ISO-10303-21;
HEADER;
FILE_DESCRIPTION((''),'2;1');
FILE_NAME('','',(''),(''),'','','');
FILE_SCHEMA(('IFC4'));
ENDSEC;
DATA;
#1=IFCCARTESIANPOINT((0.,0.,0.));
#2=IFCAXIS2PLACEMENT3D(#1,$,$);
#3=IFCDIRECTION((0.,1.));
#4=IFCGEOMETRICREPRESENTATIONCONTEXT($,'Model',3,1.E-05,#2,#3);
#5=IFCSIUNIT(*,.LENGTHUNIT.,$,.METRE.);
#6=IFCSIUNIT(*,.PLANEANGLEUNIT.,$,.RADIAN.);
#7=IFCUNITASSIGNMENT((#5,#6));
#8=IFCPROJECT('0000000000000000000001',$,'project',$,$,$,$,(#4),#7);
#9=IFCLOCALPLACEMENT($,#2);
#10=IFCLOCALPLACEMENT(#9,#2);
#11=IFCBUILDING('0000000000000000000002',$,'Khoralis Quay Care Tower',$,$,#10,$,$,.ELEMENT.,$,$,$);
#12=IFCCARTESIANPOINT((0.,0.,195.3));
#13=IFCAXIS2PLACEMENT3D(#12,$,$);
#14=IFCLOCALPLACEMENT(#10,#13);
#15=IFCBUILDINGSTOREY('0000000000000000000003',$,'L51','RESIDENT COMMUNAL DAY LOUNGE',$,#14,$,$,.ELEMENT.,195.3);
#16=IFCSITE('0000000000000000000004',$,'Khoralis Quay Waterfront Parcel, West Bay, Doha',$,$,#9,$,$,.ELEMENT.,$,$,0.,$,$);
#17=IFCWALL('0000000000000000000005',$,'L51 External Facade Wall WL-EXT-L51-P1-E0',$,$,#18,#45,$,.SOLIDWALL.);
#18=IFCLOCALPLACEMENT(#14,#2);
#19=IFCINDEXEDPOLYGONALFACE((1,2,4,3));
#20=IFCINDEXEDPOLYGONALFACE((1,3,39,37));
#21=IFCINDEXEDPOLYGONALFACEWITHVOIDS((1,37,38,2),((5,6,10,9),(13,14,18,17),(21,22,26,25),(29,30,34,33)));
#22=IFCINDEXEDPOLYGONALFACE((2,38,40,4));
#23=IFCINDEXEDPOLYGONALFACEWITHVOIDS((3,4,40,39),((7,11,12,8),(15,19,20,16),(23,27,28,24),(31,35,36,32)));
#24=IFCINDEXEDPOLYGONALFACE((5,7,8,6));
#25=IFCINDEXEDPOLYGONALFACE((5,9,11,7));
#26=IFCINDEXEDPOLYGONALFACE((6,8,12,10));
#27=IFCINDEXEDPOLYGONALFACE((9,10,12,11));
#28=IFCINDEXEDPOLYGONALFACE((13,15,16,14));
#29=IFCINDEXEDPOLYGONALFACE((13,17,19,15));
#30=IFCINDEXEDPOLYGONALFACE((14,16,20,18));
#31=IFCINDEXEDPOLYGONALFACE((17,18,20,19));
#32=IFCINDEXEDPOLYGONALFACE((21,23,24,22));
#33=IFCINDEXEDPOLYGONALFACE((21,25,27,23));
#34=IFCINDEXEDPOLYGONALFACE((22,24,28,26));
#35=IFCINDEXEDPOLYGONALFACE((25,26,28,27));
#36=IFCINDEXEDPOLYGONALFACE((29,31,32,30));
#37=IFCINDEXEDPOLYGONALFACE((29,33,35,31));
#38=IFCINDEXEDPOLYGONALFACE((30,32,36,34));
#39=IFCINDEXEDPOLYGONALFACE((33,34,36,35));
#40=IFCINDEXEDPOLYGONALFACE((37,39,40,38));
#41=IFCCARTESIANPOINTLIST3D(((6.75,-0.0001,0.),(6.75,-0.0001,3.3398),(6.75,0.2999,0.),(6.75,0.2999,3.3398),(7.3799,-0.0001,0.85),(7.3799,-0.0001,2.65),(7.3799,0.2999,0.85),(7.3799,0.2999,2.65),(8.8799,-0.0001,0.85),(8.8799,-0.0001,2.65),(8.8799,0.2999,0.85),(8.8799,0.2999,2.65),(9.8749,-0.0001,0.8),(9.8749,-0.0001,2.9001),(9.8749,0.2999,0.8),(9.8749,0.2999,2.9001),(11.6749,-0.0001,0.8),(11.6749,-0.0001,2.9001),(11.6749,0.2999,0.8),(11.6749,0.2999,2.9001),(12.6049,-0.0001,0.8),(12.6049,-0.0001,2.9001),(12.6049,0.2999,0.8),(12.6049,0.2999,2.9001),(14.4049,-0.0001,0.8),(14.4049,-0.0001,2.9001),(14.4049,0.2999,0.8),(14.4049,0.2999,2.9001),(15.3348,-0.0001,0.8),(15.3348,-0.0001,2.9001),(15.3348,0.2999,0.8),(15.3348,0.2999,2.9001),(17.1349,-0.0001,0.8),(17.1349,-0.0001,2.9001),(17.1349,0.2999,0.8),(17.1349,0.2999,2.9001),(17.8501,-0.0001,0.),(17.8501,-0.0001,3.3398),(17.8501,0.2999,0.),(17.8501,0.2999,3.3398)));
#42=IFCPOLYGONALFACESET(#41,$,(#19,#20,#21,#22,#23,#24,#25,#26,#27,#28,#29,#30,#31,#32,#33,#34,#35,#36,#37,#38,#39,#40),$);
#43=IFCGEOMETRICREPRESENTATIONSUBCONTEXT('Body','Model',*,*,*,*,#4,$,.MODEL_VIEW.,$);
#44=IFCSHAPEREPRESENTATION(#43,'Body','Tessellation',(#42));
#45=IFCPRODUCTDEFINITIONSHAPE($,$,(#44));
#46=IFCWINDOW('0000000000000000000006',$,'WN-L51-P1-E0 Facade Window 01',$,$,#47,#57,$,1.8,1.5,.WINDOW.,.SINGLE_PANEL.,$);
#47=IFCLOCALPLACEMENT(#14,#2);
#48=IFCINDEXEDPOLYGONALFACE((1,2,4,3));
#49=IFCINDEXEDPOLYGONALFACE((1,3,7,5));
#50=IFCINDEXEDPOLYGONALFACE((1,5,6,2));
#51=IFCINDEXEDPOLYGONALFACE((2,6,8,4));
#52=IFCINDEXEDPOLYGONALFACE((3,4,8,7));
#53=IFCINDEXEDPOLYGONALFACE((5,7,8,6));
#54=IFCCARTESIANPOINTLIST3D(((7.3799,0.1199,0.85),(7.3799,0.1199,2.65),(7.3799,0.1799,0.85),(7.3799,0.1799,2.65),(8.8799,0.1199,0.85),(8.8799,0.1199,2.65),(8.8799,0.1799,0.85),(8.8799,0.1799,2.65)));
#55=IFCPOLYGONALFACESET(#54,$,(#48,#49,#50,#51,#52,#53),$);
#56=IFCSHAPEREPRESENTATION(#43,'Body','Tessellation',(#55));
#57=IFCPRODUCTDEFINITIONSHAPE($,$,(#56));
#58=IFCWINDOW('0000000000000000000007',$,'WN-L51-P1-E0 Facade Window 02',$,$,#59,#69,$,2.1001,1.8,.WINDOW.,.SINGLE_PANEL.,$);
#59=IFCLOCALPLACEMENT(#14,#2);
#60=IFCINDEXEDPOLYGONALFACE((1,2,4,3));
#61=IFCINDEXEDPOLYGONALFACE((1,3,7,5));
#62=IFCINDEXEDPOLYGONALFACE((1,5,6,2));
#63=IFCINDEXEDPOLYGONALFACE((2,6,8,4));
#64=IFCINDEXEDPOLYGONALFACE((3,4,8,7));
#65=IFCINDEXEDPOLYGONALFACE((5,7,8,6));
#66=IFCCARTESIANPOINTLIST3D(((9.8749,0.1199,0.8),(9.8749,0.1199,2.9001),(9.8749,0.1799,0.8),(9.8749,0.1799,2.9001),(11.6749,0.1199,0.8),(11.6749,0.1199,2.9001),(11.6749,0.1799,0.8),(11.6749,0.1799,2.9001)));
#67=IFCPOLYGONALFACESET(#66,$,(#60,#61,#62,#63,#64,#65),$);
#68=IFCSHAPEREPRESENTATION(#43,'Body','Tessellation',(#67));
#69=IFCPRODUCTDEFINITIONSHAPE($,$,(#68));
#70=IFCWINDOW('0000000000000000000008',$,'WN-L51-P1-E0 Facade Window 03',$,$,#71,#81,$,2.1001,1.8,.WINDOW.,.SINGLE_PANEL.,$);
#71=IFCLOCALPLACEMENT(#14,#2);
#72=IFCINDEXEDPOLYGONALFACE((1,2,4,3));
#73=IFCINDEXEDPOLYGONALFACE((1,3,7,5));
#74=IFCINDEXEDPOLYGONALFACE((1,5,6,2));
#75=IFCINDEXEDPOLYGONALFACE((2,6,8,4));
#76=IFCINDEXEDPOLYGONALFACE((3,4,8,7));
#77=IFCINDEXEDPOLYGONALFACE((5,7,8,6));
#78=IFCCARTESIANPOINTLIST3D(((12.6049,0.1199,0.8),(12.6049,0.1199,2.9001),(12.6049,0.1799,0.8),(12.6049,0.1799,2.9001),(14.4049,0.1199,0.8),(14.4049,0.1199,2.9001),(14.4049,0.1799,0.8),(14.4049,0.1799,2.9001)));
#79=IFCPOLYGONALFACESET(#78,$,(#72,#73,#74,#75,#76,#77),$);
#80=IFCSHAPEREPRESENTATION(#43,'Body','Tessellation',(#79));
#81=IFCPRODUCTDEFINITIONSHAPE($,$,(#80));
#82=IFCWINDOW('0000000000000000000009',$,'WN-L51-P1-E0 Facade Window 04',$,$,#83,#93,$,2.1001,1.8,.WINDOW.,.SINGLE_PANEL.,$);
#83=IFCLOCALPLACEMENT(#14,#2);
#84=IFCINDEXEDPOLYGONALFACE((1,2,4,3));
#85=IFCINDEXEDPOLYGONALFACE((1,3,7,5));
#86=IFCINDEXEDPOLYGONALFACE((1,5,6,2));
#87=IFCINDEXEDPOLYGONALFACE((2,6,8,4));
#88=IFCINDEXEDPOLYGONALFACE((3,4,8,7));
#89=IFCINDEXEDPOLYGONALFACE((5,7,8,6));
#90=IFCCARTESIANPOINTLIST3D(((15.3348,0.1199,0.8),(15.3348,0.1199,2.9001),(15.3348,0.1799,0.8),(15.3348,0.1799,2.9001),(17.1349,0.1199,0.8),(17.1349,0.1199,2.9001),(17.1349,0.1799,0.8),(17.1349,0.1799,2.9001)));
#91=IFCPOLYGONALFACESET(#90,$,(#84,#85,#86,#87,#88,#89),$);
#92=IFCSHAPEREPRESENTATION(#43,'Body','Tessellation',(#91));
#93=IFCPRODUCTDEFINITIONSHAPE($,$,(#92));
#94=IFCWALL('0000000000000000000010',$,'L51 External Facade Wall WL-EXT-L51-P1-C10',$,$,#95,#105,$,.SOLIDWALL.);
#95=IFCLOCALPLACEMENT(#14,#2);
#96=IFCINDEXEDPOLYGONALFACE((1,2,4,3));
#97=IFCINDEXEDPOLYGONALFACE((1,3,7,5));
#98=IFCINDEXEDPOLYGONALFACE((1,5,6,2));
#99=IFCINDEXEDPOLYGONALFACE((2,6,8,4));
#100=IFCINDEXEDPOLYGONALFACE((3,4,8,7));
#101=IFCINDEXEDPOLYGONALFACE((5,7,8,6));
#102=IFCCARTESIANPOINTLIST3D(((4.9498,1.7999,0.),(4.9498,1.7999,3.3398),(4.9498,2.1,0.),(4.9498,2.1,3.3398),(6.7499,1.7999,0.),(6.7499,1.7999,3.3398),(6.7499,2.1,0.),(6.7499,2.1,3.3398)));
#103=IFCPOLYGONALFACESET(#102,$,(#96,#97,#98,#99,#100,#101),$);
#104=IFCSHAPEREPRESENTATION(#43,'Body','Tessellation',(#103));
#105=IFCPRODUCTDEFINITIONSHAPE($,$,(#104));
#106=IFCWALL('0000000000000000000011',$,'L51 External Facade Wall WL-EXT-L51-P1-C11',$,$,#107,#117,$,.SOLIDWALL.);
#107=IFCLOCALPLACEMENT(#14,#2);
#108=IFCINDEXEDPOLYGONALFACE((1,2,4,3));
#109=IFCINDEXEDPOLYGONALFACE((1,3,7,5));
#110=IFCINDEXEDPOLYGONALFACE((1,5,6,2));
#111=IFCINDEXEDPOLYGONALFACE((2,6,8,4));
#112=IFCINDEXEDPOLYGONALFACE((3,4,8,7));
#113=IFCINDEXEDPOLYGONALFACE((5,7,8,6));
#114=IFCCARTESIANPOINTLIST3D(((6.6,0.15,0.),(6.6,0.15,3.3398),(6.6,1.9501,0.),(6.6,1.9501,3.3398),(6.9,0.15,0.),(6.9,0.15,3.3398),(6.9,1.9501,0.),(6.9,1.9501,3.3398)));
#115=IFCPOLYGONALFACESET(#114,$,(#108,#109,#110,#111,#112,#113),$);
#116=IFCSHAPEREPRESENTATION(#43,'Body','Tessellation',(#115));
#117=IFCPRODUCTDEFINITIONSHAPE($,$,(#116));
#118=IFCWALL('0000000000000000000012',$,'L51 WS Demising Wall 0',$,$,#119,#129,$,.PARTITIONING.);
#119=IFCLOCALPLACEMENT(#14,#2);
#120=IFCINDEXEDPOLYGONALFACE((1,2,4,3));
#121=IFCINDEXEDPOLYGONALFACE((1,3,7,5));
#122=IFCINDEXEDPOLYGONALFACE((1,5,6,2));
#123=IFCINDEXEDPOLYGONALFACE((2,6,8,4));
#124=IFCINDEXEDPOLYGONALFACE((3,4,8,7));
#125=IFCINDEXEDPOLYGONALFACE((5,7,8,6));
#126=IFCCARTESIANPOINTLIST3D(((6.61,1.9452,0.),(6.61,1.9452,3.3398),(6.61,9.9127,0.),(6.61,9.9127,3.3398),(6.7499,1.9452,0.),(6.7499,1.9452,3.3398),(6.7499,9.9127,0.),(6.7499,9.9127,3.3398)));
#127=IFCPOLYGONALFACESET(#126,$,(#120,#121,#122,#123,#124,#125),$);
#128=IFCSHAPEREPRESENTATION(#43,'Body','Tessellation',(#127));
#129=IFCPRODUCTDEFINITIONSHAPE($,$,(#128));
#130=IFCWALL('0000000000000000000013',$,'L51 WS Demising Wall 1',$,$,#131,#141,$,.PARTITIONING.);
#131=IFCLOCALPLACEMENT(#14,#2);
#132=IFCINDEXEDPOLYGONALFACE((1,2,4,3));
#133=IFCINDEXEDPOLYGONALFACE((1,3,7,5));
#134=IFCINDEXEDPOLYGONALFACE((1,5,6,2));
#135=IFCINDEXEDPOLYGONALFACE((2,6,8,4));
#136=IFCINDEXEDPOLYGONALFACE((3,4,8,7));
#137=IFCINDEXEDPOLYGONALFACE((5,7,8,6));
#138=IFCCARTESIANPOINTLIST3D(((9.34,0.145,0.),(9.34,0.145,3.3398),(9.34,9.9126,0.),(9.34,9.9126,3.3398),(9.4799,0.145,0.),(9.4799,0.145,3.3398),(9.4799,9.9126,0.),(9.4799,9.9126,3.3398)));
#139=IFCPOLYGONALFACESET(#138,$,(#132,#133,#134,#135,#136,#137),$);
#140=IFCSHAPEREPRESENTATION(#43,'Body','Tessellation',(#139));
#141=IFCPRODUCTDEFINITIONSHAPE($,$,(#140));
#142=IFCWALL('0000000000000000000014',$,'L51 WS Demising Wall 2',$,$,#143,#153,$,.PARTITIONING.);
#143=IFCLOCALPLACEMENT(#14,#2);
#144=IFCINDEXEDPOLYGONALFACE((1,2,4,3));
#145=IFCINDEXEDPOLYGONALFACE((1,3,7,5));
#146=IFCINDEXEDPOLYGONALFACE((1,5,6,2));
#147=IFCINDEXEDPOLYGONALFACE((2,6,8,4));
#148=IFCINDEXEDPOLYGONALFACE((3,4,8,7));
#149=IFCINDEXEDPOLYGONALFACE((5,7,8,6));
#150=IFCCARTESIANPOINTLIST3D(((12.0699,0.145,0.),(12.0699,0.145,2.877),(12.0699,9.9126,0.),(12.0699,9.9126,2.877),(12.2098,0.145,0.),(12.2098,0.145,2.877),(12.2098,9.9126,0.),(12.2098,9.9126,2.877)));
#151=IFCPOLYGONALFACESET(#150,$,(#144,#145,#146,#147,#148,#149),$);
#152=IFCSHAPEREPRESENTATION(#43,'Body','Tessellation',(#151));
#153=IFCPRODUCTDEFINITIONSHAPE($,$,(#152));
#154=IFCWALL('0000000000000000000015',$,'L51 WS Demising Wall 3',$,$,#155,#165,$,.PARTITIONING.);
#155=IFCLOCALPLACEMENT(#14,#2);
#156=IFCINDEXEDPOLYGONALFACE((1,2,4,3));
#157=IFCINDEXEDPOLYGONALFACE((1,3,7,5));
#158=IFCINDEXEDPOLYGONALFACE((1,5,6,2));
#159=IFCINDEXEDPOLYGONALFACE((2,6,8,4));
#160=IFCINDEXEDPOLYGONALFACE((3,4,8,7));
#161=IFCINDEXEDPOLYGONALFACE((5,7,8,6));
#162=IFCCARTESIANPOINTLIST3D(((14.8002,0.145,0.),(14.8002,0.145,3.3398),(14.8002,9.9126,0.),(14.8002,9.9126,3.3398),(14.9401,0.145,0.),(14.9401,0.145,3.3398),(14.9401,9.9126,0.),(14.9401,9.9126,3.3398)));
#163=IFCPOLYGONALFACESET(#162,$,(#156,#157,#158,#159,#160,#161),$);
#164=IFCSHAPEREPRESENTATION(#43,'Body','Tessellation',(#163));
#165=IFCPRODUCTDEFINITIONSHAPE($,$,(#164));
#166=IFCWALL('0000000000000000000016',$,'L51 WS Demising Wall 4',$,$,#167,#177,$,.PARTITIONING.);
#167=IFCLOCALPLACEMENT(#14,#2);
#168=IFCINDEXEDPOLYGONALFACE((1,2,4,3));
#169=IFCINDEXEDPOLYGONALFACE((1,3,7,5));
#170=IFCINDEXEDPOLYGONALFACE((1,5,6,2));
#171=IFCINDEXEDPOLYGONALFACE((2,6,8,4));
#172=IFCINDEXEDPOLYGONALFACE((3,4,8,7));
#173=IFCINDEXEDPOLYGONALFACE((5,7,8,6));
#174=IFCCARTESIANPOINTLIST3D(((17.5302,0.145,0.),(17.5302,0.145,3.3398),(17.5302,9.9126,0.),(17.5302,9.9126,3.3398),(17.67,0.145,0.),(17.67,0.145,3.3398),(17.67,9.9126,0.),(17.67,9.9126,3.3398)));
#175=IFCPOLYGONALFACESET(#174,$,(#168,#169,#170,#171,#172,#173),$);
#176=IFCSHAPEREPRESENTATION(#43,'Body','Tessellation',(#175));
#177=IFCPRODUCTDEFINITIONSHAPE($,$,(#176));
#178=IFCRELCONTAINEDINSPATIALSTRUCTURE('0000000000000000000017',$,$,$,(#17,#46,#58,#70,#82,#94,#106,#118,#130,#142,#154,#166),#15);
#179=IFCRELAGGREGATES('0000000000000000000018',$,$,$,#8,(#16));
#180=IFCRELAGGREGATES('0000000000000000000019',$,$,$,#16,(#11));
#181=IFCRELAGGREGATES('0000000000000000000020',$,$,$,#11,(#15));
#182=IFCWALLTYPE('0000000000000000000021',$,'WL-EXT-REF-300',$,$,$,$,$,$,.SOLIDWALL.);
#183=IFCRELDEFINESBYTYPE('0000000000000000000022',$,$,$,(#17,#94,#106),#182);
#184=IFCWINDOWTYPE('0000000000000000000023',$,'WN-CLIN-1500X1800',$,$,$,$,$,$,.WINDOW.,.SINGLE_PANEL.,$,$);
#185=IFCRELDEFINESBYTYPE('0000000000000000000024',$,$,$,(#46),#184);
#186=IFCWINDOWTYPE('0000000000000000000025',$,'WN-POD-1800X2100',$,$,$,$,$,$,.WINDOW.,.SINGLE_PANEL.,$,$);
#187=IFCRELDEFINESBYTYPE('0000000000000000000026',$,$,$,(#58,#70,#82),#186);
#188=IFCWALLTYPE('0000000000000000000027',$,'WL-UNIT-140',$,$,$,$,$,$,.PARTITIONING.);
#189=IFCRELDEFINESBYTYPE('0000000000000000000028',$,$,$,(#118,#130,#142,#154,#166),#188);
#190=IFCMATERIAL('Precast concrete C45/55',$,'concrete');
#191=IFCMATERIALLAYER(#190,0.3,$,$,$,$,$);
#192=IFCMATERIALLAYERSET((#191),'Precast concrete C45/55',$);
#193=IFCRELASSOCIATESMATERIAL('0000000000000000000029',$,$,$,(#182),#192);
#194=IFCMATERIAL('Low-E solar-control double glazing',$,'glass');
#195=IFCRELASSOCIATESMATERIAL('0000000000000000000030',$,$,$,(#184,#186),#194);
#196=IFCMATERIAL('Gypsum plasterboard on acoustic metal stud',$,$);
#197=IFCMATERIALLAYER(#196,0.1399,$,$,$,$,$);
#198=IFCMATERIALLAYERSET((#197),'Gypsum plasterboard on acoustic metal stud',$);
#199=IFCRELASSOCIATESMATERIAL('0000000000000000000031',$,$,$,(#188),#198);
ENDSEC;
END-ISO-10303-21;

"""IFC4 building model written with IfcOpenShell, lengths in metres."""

from ifc_helpers import new_model, si_unit, direction, frame, frame_2d, origin, place, context, subcontext, project, spatial, rectangle, extrude, source, transform, mapped, material, layer, layer_set, type_object, element, fill, save


model = new_model("IFC4")

# Units and contexts
model_context = context("Model", 3, precision=1e-05, world=origin(), true_north=direction((0.0, 1.0)))
body_context = subcontext(model_context, "Body", "Model", "MODEL_VIEW")
ifc_project = project(units=[si_unit("LENGTHUNIT", "METRE"), si_unit("PLANEANGLEUNIT", "RADIAN")], contexts=[model_context])

# Site, building, storey
site_placement = place(None, origin())
site = spatial("IfcSite", under=ifc_project, at=site_placement, Name="Khoralis Quay Waterfront Parcel, West Bay, Doha", CompositionType="ELEMENT", RefElevation=0.0)
building_placement = place(site_placement, origin())
building = spatial("IfcBuilding", under=site, at=building_placement, Name="Khoralis Quay Care Tower", CompositionType="ELEMENT")
storey_placement = place(building_placement, frame((0.0, 0.0, 195.3)))
storey = spatial("IfcBuildingStorey", under=building, at=storey_placement, Name="L51", Description="RESIDENT COMMUNAL DAY LOUNGE", CompositionType="ELEMENT", Elevation=195.3)

# Shared definitions
ifc_material_1 = material(Name="Low-E solar-control double glazing", Category="glass")

# Wall, openings, windows
ifc_material_2 = material(Name="Precast concrete C45/55", Category="concrete")
ifc_layer_1 = layer(ifc_material_2, 0.3)
ifc_layer_set_1 = layer_set([ifc_layer_1], Name="Precast concrete C45/55")
wall_type_1 = type_object("IfcWallType", Name="WL-EXT-REF-300", PredefinedType="SOLIDWALL", material=ifc_layer_set_1)
wall_1_placement = place(storey_placement, frame((6.75, 0.1499, 0.0), z_axis=(0.0, 0.0, 1.0), x_axis=(1.0, 0.0, 0.0)))
wall_1 = element("IfcWall", 1, at=wall_1_placement, inside=storey, type_object=wall_type_1, Name="L51 External Facade Wall WL-EXT-L51-P1-E0", PredefinedType="SOLIDWALL", context=body_context, shape_type="SweptSolid", body=[
    extrude(rectangle(XDim=11.1001, YDim=0.3, at=frame_2d((5.55, 0.0))), origin(), (0.0, 0.0, 1.0), 3.3398),
])
opening_1_placement = place(wall_1_placement, frame((0.6299, 0.0, 0.8501)))
opening_1 = element("IfcOpeningElement", 2, at=opening_1_placement, cuts=wall_1, PredefinedType="OPENING", context=body_context, shape_type="SweptSolid", body=[
    extrude(rectangle(XDim=1.5, YDim=1.8, at=frame_2d((0.75, 0.8999))), frame((0.0, 0.1602, 0.0), z_axis=(0.0, -1.0, 0.0), x_axis=(1.0, 0.0, 0.0)), (0.0, 0.0, 1.0), 0.3201),
])
opening_2_placement = place(wall_1_placement, frame((3.125, 0.0, 0.8)))
opening_2 = element("IfcOpeningElement", 3, at=opening_2_placement, cuts=wall_1, PredefinedType="OPENING", context=body_context, shape_type="SweptSolid", body=[
    extrude(rectangle(XDim=1.8, YDim=2.1001, at=frame_2d((0.8999, 1.05))), frame((0.0, 0.1602, 0.0), z_axis=(0.0, -1.0, 0.0), x_axis=(1.0, 0.0, 0.0)), (0.0, 0.0, 1.0), 0.3201),
])
opening_3_placement = place(wall_1_placement, frame((5.855, 0.0, 0.8)))
opening_3 = element("IfcOpeningElement", 4, at=opening_3_placement, cuts=wall_1, PredefinedType="OPENING", context=body_context, shape_type="SweptSolid", body=[
    extrude(rectangle(XDim=1.8, YDim=2.1001, at=frame_2d((0.8999, 1.05))), frame((0.0, 0.1602, 0.0), z_axis=(0.0, -1.0, 0.0), x_axis=(1.0, 0.0, 0.0)), (0.0, 0.0, 1.0), 0.3201),
])
opening_4_placement = place(wall_1_placement, frame((8.585, 0.0, 0.8)))
opening_4 = element("IfcOpeningElement", 5, at=opening_4_placement, cuts=wall_1, PredefinedType="OPENING", context=body_context, shape_type="SweptSolid", body=[
    extrude(rectangle(XDim=1.8, YDim=2.1001, at=frame_2d((0.8999, 1.05))), frame((0.0, 0.1602, 0.0), z_axis=(0.0, -1.0, 0.0), x_axis=(1.0, 0.0, 0.0)), (0.0, 0.0, 1.0), 0.3201),
])
window_type_1 = type_object("IfcWindowType", Name="WN-CLIN-1500X1800", PartitioningType="SINGLE_PANEL", PredefinedType="WINDOW", material=ifc_material_1)
shared_shape_1 = source(origin(), body_context, "Body", "SweptSolid", [
    extrude(rectangle(XDim=1.5, YDim=1.8, at=frame_2d((0.75, 0.8999))), frame((0.0, 0.03, 0.0), z_axis=(0.0, -1.0, 0.0), x_axis=(1.0, 0.0, 0.0)), (0.0, 0.0, 1.0), 0.0601),
])
window_1_placement = place(opening_1_placement, origin())
window_1 = element("IfcWindow", 6, at=window_1_placement, inside=storey, type_object=window_type_1, Name="WN-L51-P1-E0 Facade Window 01", OverallHeight=1.8, OverallWidth=1.5, PartitioningType="SINGLE_PANEL", PredefinedType="WINDOW", context=body_context, shape_type="MappedRepresentation", body=[
    mapped(shared_shape_1, transform((0.0, 0.0, 0.0), scale=1.0)),
])
fill(opening_1, window_1)
window_type_2 = type_object("IfcWindowType", Name="WN-POD-1800X2100", PartitioningType="SINGLE_PANEL", PredefinedType="WINDOW", material=ifc_material_1)
shared_shape_2 = source(origin(), body_context, "Body", "SweptSolid", [
    extrude(rectangle(XDim=1.8, YDim=2.1001, at=frame_2d((0.8999, 1.05))), frame((0.0, 0.03, 0.0), z_axis=(0.0, -1.0, 0.0), x_axis=(1.0, 0.0, 0.0)), (0.0, 0.0, 1.0), 0.0601),
])
window_2_placement = place(opening_2_placement, origin())
window_2 = element("IfcWindow", 7, at=window_2_placement, inside=storey, type_object=window_type_2, Name="WN-L51-P1-E0 Facade Window 02", OverallHeight=2.1001, OverallWidth=1.8, PartitioningType="SINGLE_PANEL", PredefinedType="WINDOW", context=body_context, shape_type="MappedRepresentation", body=[
    mapped(shared_shape_2, transform((0.0, 0.0, 0.0), scale=1.0)),
])
fill(opening_2, window_2)
window_3_placement = place(opening_3_placement, origin())
window_3 = element("IfcWindow", 8, at=window_3_placement, inside=storey, type_object=window_type_2, Name="WN-L51-P1-E0 Facade Window 03", OverallHeight=2.1001, OverallWidth=1.8, PartitioningType="SINGLE_PANEL", PredefinedType="WINDOW", context=body_context, shape_type="MappedRepresentation", body=[
    mapped(shared_shape_2, transform((0.0, 0.0, 0.0), scale=1.0)),
])
fill(opening_3, window_3)
window_4_placement = place(opening_4_placement, origin())
window_4 = element("IfcWindow", 9, at=window_4_placement, inside=storey, type_object=window_type_2, Name="WN-L51-P1-E0 Facade Window 04", OverallHeight=2.1001, OverallWidth=1.8, PartitioningType="SINGLE_PANEL", PredefinedType="WINDOW", context=body_context, shape_type="MappedRepresentation", body=[
    mapped(shared_shape_2, transform((0.0, 0.0, 0.0), scale=1.0)),
])
fill(opening_4, window_4)

# Walls
for number, where, z_axis, x_axis, name in (
    (10, (4.95, 1.95, 0.0), (0.0, 0.0, 1.0), (1.0, 0.0, 0.0), "L51 External Facade Wall WL-EXT-L51-P1-C10"),
    (11, (6.75, 1.95, 0.0), (0.0, 0.0, 1.0), (0.0, -1.0, 0.0), "L51 External Facade Wall WL-EXT-L51-P1-C11"),
):
    element("IfcWall", number, at=place(storey_placement, frame(where, z_axis=z_axis, x_axis=x_axis)), inside=storey, type_object=wall_type_1, Name=name, PredefinedType="SOLIDWALL", context=body_context, shape_type="SweptSolid", body=[
        extrude(rectangle(XDim=1.8, YDim=0.3, at=frame_2d((0.8999, 0.0))), origin(), (0.0, 0.0, 1.0), 3.3398),
    ])
ifc_material_3 = material(Name="Gypsum plasterboard on acoustic metal stud")
ifc_layer_2 = layer(ifc_material_3, 0.1399)
ifc_layer_set_2 = layer_set([ifc_layer_2], Name="Gypsum plasterboard on acoustic metal stud")
wall_type_2 = type_object("IfcWallType", Name="WL-UNIT-140", PredefinedType="PARTITIONING", material=ifc_layer_set_2)
wall_2_placement = place(storey_placement, frame((6.6799, 1.9451, 0.0), z_axis=(0.0, 0.0, 1.0), x_axis=(0.0, 1.0, 0.0)))
element("IfcWall", 12, at=wall_2_placement, inside=storey, type_object=wall_type_2, Name="L51 WS Demising Wall 0", PredefinedType="PARTITIONING", context=body_context, shape_type="SweptSolid", body=[
    extrude(rectangle(XDim=7.9675, YDim=0.1399, at=frame_2d((3.9839, 0.0))), origin(), (0.0, 0.0, 1.0), 3.3398),
])
wall_3_placement = place(storey_placement, frame((9.4099, 0.145, 0.0), z_axis=(0.0, 0.0, 1.0), x_axis=(0.0, 1.0, 0.0)))
element("IfcWall", 13, at=wall_3_placement, inside=storey, type_object=wall_type_2, Name="L51 WS Demising Wall 1", PredefinedType="PARTITIONING", context=body_context, shape_type="SweptSolid", body=[
    extrude(rectangle(XDim=9.7676, YDim=0.1399, at=frame_2d((4.8838, 0.0))), origin(), (0.0, 0.0, 1.0), 3.3398),
])
wall_4_placement = place(storey_placement, frame((12.1399, 0.145, 0.0), z_axis=(0.0, 0.0, 1.0), x_axis=(0.0, 1.0, 0.0)))
element("IfcWall", 14, at=wall_4_placement, inside=storey, type_object=wall_type_2, Name="L51 WS Demising Wall 2", PredefinedType="PARTITIONING", context=body_context, shape_type="SweptSolid", body=[
    extrude(rectangle(XDim=9.7676, YDim=0.1399, at=frame_2d((4.8838, 0.0))), origin(), (0.0, 0.0, 1.0), 2.877),
])
for number, where, z_axis, x_axis, name in (
    (15, (14.8701, 0.145, 0.0), (0.0, 0.0, 1.0), (0.0, 1.0, 0.0), "L51 WS Demising Wall 3"),
    (16, (17.6001, 0.145, 0.0), (0.0, 0.0, 1.0), (0.0, 1.0, 0.0), "L51 WS Demising Wall 4"),
):
    element("IfcWall", number, at=place(storey_placement, frame(where, z_axis=z_axis, x_axis=x_axis)), inside=storey, type_object=wall_type_2, Name=name, PredefinedType="PARTITIONING", context=body_context, shape_type="SweptSolid", body=[
        extrude(rectangle(XDim=9.7676, YDim=0.1399, at=frame_2d((4.8838, 0.0))), origin(), (0.0, 0.0, 1.0), 3.3398),
    ])

save(model, "model.ifc")
